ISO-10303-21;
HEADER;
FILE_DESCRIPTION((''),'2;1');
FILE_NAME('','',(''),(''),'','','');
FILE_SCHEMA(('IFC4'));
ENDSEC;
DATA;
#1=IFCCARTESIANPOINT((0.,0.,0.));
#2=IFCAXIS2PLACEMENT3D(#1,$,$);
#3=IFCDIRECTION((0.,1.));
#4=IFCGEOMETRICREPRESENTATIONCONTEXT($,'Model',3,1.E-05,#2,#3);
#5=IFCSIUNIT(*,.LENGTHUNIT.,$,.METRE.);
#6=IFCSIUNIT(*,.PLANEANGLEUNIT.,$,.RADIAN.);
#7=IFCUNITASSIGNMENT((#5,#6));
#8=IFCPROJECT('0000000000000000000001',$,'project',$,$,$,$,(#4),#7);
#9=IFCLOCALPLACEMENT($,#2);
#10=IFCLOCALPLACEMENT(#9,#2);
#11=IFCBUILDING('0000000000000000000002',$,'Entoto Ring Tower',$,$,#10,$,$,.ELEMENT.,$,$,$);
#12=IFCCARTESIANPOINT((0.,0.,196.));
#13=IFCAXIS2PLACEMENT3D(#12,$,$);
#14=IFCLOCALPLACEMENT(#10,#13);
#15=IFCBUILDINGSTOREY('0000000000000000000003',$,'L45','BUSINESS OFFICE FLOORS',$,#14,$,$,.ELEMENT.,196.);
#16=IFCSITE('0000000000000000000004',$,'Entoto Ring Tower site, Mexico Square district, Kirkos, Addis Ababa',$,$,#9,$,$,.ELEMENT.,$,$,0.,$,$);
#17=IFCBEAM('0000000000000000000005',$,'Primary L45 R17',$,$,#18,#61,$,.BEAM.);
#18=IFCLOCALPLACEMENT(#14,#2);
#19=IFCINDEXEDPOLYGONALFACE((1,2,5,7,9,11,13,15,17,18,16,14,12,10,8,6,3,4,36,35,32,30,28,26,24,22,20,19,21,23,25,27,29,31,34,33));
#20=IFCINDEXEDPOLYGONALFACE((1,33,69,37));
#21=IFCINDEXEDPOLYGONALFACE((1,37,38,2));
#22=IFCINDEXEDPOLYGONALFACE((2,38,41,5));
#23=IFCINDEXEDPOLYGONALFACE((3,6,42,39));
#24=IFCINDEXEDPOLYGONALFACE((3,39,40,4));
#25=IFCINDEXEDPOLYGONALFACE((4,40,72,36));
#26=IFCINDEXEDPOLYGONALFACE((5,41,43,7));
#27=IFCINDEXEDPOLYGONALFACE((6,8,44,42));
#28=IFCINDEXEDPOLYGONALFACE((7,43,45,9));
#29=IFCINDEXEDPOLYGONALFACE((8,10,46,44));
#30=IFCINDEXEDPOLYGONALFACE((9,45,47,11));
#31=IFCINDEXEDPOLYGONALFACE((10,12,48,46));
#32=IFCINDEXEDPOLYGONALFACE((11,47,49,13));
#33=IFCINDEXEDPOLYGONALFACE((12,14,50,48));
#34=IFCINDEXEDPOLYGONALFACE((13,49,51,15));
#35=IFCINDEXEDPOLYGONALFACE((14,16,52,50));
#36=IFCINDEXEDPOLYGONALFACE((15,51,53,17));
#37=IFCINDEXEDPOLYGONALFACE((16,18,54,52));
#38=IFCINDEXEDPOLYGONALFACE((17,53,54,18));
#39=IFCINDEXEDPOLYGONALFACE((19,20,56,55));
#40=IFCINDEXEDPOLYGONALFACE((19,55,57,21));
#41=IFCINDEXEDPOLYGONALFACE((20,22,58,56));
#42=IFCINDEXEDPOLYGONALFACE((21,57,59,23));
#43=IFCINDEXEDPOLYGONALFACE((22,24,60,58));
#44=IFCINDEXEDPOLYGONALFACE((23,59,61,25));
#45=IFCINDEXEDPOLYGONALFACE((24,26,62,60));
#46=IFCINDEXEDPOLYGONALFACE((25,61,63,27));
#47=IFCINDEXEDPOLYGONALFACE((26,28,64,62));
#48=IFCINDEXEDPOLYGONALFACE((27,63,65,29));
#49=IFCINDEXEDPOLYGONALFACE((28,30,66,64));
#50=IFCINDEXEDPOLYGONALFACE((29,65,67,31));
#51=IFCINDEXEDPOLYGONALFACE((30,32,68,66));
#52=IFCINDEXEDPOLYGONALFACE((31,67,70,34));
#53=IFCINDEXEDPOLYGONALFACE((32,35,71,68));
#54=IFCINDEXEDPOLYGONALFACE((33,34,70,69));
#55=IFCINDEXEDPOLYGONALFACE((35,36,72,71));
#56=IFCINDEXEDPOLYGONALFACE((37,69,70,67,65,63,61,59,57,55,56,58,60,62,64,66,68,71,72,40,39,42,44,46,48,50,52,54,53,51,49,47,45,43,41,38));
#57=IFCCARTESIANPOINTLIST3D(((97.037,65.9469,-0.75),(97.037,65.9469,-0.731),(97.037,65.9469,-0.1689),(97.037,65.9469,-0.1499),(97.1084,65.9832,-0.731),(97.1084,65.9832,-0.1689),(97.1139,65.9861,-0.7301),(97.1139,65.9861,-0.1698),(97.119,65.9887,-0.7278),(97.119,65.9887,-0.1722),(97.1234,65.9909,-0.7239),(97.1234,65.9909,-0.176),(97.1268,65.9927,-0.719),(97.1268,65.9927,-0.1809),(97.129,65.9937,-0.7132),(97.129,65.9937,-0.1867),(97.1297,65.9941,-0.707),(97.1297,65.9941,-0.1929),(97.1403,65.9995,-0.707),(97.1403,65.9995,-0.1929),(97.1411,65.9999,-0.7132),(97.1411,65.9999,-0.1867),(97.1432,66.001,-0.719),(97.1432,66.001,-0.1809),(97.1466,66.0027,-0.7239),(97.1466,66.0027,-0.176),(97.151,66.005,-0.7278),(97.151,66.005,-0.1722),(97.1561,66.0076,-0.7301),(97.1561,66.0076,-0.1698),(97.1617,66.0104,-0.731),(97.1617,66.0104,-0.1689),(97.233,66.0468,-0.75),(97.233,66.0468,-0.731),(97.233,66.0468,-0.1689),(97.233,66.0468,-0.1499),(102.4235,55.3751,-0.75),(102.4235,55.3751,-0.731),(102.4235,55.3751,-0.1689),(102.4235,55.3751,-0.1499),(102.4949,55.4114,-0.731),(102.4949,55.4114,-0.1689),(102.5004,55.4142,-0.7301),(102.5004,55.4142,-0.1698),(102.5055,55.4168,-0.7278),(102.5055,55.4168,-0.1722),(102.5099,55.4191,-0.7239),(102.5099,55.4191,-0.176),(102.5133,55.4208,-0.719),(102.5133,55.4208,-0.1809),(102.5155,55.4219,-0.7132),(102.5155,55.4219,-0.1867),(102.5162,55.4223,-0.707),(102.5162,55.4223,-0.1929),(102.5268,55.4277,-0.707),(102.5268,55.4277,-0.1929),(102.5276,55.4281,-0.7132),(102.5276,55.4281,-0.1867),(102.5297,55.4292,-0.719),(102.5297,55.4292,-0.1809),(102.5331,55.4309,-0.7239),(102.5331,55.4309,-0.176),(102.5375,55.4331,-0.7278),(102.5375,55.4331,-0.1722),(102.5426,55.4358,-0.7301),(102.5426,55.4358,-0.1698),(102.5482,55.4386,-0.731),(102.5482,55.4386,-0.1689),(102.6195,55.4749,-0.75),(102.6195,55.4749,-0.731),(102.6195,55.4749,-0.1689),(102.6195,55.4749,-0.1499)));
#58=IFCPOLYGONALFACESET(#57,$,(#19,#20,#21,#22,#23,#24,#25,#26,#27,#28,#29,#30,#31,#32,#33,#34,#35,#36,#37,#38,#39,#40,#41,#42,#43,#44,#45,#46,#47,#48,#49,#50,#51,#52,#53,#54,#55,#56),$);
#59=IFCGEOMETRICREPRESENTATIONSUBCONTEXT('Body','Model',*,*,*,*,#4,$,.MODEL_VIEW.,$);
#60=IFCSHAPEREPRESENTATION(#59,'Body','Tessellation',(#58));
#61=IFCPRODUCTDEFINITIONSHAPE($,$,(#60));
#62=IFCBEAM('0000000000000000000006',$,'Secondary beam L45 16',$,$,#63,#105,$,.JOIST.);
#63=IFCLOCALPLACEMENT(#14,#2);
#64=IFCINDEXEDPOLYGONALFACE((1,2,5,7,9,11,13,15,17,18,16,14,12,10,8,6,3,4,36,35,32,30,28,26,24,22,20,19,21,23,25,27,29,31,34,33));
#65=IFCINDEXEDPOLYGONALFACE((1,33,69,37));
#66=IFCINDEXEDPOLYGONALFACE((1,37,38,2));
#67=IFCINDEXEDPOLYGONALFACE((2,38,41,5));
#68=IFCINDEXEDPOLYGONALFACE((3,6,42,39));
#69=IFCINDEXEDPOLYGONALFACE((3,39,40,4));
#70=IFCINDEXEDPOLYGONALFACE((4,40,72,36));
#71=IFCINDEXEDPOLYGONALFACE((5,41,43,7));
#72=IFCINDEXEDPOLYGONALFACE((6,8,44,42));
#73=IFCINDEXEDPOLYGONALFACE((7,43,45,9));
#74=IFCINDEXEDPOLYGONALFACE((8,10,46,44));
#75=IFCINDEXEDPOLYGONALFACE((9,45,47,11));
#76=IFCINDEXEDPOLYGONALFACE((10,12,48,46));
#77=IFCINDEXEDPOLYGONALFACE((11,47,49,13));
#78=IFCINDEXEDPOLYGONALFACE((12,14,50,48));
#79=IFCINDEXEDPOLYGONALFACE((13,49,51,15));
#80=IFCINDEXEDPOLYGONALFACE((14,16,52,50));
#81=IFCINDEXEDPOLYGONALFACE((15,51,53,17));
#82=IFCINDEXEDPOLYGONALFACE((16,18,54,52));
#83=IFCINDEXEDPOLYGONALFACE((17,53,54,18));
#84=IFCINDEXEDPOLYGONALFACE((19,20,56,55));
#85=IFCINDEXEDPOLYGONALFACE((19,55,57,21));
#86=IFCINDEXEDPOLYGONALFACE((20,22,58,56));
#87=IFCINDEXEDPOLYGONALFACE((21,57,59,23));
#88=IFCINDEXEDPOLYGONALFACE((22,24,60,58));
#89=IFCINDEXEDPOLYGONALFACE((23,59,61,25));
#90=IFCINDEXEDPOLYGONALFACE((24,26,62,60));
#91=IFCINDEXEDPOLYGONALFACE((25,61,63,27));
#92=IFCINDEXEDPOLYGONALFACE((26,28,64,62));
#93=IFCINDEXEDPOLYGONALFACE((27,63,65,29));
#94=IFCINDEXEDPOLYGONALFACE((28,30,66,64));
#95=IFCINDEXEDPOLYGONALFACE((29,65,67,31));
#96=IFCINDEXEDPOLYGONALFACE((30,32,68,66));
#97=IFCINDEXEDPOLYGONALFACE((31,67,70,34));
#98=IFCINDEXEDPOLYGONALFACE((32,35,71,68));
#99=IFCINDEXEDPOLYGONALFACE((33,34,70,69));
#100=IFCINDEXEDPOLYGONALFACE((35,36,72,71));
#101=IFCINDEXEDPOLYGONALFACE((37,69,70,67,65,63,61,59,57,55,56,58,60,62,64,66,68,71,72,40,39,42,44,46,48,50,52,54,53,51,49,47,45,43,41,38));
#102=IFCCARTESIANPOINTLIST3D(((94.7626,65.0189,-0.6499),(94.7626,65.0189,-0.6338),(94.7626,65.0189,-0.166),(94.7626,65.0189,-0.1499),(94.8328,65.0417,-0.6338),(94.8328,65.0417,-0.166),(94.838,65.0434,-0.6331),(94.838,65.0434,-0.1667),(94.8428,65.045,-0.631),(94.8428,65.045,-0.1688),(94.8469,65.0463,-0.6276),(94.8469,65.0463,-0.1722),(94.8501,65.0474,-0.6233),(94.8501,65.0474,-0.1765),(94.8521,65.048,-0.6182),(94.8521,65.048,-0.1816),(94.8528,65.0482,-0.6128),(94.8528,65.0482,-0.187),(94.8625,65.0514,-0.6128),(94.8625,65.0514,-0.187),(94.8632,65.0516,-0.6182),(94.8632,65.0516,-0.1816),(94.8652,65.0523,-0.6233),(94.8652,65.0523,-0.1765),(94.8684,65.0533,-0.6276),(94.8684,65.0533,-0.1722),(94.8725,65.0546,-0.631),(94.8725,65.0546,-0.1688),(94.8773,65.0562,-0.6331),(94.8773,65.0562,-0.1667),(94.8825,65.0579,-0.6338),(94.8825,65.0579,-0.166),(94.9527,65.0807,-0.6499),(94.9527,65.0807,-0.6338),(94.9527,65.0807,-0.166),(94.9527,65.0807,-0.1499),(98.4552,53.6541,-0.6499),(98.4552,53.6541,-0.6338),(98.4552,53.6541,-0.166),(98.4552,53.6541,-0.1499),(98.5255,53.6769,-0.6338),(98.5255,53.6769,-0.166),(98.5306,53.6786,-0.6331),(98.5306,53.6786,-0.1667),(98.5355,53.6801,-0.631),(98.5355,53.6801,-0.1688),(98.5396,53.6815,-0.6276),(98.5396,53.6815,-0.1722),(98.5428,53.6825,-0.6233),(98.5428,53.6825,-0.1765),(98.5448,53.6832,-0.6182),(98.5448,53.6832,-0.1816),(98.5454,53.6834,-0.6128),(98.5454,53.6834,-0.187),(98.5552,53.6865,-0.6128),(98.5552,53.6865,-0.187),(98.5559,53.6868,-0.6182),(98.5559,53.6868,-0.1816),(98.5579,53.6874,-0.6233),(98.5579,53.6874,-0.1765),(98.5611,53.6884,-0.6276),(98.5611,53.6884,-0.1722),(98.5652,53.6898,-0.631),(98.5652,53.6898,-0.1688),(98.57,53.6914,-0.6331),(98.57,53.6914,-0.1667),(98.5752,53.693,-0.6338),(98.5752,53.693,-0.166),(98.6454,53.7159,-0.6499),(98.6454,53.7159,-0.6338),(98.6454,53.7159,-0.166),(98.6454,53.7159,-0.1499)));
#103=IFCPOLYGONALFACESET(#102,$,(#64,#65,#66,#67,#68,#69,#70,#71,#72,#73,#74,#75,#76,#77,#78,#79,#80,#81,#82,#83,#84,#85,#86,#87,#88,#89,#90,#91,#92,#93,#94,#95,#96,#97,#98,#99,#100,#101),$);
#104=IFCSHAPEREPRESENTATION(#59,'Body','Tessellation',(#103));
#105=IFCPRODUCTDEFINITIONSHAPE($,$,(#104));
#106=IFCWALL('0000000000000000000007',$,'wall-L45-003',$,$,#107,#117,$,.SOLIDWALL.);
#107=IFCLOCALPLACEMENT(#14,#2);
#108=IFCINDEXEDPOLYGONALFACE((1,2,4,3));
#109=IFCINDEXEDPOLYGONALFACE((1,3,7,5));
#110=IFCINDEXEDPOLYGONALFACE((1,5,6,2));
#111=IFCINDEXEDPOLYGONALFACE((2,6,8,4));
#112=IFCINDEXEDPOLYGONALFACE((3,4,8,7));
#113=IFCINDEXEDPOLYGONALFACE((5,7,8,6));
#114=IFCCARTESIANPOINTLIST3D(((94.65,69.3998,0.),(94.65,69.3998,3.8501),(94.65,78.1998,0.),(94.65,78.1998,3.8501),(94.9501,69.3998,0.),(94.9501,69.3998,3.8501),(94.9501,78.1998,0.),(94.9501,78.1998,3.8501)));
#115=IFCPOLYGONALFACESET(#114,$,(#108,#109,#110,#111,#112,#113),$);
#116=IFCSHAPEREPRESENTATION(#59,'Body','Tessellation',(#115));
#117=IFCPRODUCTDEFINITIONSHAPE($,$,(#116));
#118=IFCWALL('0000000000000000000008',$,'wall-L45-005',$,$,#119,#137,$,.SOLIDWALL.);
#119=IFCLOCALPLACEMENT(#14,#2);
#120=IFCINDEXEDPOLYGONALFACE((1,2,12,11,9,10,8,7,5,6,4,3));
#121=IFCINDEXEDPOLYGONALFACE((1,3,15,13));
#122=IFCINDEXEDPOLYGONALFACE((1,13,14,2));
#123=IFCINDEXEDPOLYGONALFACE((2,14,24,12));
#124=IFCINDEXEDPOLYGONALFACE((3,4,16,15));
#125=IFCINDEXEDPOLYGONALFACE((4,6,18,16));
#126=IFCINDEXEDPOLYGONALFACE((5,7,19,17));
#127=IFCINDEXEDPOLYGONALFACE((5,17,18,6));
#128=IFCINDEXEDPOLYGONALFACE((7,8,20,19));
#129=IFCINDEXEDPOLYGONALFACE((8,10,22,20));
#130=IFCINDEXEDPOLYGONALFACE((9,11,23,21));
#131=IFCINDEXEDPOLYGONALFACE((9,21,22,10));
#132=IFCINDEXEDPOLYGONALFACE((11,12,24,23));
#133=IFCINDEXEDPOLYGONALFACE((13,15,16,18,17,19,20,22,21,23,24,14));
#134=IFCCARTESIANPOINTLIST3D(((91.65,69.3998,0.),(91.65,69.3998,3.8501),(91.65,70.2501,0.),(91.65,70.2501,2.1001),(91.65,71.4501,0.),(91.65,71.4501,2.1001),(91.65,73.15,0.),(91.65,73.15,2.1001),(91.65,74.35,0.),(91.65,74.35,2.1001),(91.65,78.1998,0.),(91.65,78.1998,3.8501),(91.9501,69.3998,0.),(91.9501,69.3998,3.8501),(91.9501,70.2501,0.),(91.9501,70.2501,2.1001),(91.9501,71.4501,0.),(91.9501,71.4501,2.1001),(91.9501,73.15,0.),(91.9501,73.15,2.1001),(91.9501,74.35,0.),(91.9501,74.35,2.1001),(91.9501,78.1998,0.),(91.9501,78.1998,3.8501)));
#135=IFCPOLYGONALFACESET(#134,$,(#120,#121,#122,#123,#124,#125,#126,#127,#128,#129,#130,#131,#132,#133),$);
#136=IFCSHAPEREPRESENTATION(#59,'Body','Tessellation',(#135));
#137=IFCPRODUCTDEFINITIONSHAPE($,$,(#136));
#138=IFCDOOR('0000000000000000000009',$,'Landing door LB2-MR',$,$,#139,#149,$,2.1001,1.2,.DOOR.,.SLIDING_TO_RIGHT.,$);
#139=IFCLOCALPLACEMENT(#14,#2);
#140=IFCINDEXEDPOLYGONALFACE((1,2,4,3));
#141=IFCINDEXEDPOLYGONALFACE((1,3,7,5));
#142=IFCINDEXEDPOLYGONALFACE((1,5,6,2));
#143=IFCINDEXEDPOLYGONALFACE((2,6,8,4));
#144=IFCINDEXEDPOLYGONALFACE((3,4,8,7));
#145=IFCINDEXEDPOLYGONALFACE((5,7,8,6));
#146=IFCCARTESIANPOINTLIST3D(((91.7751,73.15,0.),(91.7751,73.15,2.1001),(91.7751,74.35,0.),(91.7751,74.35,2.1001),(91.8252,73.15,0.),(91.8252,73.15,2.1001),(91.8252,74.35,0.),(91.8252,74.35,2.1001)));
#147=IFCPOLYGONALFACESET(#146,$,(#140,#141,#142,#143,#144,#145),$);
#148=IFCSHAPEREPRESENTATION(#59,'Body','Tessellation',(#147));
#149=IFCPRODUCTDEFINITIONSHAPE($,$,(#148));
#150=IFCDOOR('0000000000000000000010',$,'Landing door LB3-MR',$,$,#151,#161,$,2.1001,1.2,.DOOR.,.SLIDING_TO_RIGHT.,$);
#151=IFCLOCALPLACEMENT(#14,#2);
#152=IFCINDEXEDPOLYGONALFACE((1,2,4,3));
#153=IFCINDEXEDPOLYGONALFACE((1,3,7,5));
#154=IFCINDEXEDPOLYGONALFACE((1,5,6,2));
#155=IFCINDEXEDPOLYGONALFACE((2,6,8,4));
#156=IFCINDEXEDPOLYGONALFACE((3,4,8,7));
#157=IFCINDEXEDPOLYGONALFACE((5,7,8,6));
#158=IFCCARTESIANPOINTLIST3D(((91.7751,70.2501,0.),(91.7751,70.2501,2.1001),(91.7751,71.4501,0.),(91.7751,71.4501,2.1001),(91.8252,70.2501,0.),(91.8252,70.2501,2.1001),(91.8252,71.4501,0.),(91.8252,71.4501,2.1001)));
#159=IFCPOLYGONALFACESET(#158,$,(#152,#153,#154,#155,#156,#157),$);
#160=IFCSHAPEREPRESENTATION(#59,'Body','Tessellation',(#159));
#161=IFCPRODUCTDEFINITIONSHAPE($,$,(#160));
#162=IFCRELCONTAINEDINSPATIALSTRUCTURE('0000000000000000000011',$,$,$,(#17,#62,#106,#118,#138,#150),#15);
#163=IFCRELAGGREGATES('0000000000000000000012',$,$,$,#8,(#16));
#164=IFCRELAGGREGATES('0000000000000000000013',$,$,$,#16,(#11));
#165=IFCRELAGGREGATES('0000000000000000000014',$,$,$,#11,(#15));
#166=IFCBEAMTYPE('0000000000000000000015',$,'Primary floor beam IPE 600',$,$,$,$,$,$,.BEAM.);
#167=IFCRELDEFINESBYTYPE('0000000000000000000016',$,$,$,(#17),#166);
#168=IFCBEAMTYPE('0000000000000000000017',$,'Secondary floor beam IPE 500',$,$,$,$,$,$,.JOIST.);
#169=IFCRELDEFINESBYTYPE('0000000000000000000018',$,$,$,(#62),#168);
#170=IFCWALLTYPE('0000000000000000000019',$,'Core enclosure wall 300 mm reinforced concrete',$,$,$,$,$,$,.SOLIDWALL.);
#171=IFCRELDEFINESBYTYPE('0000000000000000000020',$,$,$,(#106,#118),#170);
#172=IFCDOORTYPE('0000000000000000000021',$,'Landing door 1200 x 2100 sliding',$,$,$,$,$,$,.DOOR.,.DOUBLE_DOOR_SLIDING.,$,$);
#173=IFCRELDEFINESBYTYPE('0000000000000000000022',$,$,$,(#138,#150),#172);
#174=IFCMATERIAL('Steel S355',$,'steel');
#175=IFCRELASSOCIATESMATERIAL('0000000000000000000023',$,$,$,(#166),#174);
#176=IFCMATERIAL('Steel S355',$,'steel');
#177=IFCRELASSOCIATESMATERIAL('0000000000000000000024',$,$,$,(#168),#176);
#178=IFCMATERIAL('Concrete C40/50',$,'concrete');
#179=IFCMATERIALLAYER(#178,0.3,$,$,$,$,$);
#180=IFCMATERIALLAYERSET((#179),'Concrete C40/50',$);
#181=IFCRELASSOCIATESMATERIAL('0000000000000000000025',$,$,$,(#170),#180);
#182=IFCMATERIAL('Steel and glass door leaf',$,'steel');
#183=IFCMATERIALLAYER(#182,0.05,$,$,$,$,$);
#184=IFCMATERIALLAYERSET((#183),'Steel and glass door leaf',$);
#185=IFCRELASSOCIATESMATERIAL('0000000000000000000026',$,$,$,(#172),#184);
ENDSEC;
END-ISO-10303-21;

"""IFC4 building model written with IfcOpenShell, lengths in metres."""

from ifc_helpers import new_model, si_unit, direction, frame, frame_2d, origin, origin_2d, place, context, subcontext, project, spatial, rectangle, i_section, extrude, material, layer, layer_set, material_profile, profile_set, type_object, element, fill, save


model = new_model("IFC4")

# Units and contexts
model_context = context("Model", 3, precision=1e-05, world=origin(), true_north=direction((0.0, 1.0)))
body_context = subcontext(model_context, "Body", "Model", "MODEL_VIEW")
ifc_project = project(units=[si_unit("LENGTHUNIT", "METRE"), si_unit("PLANEANGLEUNIT", "RADIAN")], contexts=[model_context])

# Site, building, storey
site_placement = place(None, origin())
site = spatial("IfcSite", under=ifc_project, at=site_placement, Name="Entoto Ring Tower site, Mexico Square district, Kirkos, Addis Ababa", CompositionType="ELEMENT", RefElevation=0.0)
building_placement = place(site_placement, origin())
building = spatial("IfcBuilding", under=site, at=building_placement, Name="Entoto Ring Tower", CompositionType="ELEMENT")
storey_placement = place(building_placement, frame((0.0, 0.0, 196.0)))
storey = spatial("IfcBuildingStorey", under=building, at=storey_placement, Name="L45", Description="BUSINESS OFFICE FLOORS", CompositionType="ELEMENT", Elevation=196.0)

# Beams
ifc_material_1 = material(Name="Steel S355", Category="steel")
ifc_material_profile_1 = material_profile(ifc_material_1, i_section(OverallWidth=0.22, OverallDepth=0.6001, WebThickness=0.012, FlangeThickness=0.019, FilletRadius=0.0239, at=origin_2d()), Name="IPE 600")
ifc_profile_set_1 = profile_set([ifc_material_profile_1], Name="Steel S355")
beam_type_1 = type_object("IfcBeamType", Name="Primary floor beam IPE 600", PredefinedType="BEAM", material=ifc_profile_set_1)
beam_1_placement = place(storey_placement, frame((97.135, 65.9968, -0.45), z_axis=(0.453983, -0.89101, 0.0), x_axis=(0.89101, 0.453983, 0.0)))
element("IfcBeam", 1, at=beam_1_placement, inside=storey, type_object=beam_type_1, Name="Primary L45 R17", PredefinedType="BEAM", context=body_context, shape_type="SweptSolid", body=[
    extrude(i_section(OverallWidth=0.22, OverallDepth=0.6001, WebThickness=0.012, FlangeThickness=0.019, FilletRadius=0.0239, at=origin_2d()), origin(), (0.0, 0.0, 1.0), 11.865),
])
ifc_material_2 = material(Name="Steel S355", Category="steel")
ifc_material_profile_2 = material_profile(ifc_material_2, i_section(OverallWidth=0.2, OverallDepth=0.5, WebThickness=0.0103, FlangeThickness=0.0161, FilletRadius=0.021, at=origin_2d()), Name="IPE 500")
ifc_profile_set_2 = profile_set([ifc_material_profile_2], Name="Steel S355")
beam_type_2 = type_object("IfcBeamType", Name="Secondary floor beam IPE 500", PredefinedType="JOIST", material=ifc_profile_set_2)
beam_2_placement = place(storey_placement, frame((94.8577, 65.0498, -0.3999), z_axis=(0.309017, -0.951057, 0.0), x_axis=(0.951057, 0.309017, 0.0)))
element("IfcBeam", 2, at=beam_2_placement, inside=storey, type_object=beam_type_2, Name="Secondary beam L45 16", PredefinedType="JOIST", context=body_context, shape_type="SweptSolid", body=[
    extrude(i_section(OverallWidth=0.2, OverallDepth=0.5, WebThickness=0.0103, FlangeThickness=0.0161, FilletRadius=0.021, at=origin_2d()), origin(), (0.0, 0.0, 1.0), 11.9497),
])

# Wall
ifc_material_3 = material(Name="Concrete C40/50", Category="concrete")
ifc_layer_1 = layer(ifc_material_3, 0.3)
ifc_layer_set_1 = layer_set([ifc_layer_1], Name="Concrete C40/50")
wall_type_1 = type_object("IfcWallType", Name="Core enclosure wall 300 mm reinforced concrete", PredefinedType="SOLIDWALL", material=ifc_layer_set_1)
wall_1_placement = place(storey_placement, frame((94.8, 69.3999, 0.0), z_axis=(0.0, 0.0, 1.0), x_axis=(0.0, 1.0, 0.0)))
element("IfcWall", 3, at=wall_1_placement, inside=storey, type_object=wall_type_1, Name="wall-L45-003", PredefinedType="SOLIDWALL", context=body_context, shape_type="SweptSolid", body=[
    extrude(rectangle(XDim=8.8, YDim=0.3, at=frame_2d((4.3999, 0.0))), origin(), (0.0, 0.0, 1.0), 3.8501),
])

# Wall, openings, doors
wall_2_placement = place(storey_placement, frame((91.8, 69.3999, 0.0), z_axis=(0.0, 0.0, 1.0), x_axis=(0.0, 1.0, 0.0)))
wall_2 = element("IfcWall", 4, at=wall_2_placement, inside=storey, type_object=wall_type_1, Name="wall-L45-005", PredefinedType="SOLIDWALL", context=body_context, shape_type="SweptSolid", body=[
    extrude(rectangle(XDim=8.8, YDim=0.3, at=frame_2d((4.3999, 0.0))), origin(), (0.0, 0.0, 1.0), 3.8501),
])
opening_1_placement = place(wall_2_placement, frame((3.75, 0.0, 0.0)))
opening_1 = element("IfcOpeningElement", 5, at=opening_1_placement, cuts=wall_2, PredefinedType="OPENING", context=body_context, shape_type="SweptSolid", body=[
    extrude(rectangle(XDim=1.2, YDim=2.1001, at=frame_2d((0.6001, 1.05))), frame((0.0, 0.1602, 0.0), z_axis=(0.0, -1.0, 0.0), x_axis=(1.0, 0.0, 0.0)), (0.0, 0.0, 1.0), 0.3201),
])
opening_2_placement = place(wall_2_placement, frame((0.8501, 0.0, 0.0)))
opening_2 = element("IfcOpeningElement", 6, at=opening_2_placement, cuts=wall_2, PredefinedType="OPENING", context=body_context, shape_type="SweptSolid", body=[
    extrude(rectangle(XDim=1.2, YDim=2.1001, at=frame_2d((0.6001, 1.05))), frame((0.0, 0.1602, 0.0), z_axis=(0.0, -1.0, 0.0), x_axis=(1.0, 0.0, 0.0)), (0.0, 0.0, 1.0), 0.3201),
])
ifc_material_4 = material(Name="Steel and glass door leaf", Category="steel")
ifc_layer_2 = layer(ifc_material_4, 0.05)
ifc_layer_set_2 = layer_set([ifc_layer_2], Name="Steel and glass door leaf")
door_type_1 = type_object("IfcDoorType", Name="Landing door 1200 x 2100 sliding", OperationType="DOUBLE_DOOR_SLIDING", PredefinedType="DOOR", material=ifc_layer_set_2)
door_1_placement = place(opening_1_placement, origin())
door_1 = element("IfcDoor", 7, at=door_1_placement, inside=storey, type_object=door_type_1, Name="Landing door LB2-MR", OperationType="SLIDING_TO_RIGHT", OverallHeight=2.1001, OverallWidth=1.2, PredefinedType="DOOR", context=body_context, shape_type="SweptSolid", body=[
    extrude(rectangle(XDim=1.2, YDim=2.1001, at=frame_2d((0.6001, 1.05))), frame((0.0, 0.0249, 0.0), z_axis=(0.0, -1.0, 0.0), x_axis=(1.0, 0.0, 0.0)), (0.0, 0.0, 1.0), 0.05),
])
fill(opening_1, door_1)
door_2_placement = place(opening_2_placement, origin())
door_2 = element("IfcDoor", 8, at=door_2_placement, inside=storey, type_object=door_type_1, Name="Landing door LB3-MR", OperationType="SLIDING_TO_RIGHT", OverallHeight=2.1001, OverallWidth=1.2, PredefinedType="DOOR", context=body_context, shape_type="SweptSolid", body=[
    extrude(rectangle(XDim=1.2, YDim=2.1001, at=frame_2d((0.6001, 1.05))), frame((0.0, 0.0249, 0.0), z_axis=(0.0, -1.0, 0.0), x_axis=(1.0, 0.0, 0.0)), (0.0, 0.0, 1.0), 0.05),
])
fill(opening_2, door_2)

save(model, "model.ifc")
